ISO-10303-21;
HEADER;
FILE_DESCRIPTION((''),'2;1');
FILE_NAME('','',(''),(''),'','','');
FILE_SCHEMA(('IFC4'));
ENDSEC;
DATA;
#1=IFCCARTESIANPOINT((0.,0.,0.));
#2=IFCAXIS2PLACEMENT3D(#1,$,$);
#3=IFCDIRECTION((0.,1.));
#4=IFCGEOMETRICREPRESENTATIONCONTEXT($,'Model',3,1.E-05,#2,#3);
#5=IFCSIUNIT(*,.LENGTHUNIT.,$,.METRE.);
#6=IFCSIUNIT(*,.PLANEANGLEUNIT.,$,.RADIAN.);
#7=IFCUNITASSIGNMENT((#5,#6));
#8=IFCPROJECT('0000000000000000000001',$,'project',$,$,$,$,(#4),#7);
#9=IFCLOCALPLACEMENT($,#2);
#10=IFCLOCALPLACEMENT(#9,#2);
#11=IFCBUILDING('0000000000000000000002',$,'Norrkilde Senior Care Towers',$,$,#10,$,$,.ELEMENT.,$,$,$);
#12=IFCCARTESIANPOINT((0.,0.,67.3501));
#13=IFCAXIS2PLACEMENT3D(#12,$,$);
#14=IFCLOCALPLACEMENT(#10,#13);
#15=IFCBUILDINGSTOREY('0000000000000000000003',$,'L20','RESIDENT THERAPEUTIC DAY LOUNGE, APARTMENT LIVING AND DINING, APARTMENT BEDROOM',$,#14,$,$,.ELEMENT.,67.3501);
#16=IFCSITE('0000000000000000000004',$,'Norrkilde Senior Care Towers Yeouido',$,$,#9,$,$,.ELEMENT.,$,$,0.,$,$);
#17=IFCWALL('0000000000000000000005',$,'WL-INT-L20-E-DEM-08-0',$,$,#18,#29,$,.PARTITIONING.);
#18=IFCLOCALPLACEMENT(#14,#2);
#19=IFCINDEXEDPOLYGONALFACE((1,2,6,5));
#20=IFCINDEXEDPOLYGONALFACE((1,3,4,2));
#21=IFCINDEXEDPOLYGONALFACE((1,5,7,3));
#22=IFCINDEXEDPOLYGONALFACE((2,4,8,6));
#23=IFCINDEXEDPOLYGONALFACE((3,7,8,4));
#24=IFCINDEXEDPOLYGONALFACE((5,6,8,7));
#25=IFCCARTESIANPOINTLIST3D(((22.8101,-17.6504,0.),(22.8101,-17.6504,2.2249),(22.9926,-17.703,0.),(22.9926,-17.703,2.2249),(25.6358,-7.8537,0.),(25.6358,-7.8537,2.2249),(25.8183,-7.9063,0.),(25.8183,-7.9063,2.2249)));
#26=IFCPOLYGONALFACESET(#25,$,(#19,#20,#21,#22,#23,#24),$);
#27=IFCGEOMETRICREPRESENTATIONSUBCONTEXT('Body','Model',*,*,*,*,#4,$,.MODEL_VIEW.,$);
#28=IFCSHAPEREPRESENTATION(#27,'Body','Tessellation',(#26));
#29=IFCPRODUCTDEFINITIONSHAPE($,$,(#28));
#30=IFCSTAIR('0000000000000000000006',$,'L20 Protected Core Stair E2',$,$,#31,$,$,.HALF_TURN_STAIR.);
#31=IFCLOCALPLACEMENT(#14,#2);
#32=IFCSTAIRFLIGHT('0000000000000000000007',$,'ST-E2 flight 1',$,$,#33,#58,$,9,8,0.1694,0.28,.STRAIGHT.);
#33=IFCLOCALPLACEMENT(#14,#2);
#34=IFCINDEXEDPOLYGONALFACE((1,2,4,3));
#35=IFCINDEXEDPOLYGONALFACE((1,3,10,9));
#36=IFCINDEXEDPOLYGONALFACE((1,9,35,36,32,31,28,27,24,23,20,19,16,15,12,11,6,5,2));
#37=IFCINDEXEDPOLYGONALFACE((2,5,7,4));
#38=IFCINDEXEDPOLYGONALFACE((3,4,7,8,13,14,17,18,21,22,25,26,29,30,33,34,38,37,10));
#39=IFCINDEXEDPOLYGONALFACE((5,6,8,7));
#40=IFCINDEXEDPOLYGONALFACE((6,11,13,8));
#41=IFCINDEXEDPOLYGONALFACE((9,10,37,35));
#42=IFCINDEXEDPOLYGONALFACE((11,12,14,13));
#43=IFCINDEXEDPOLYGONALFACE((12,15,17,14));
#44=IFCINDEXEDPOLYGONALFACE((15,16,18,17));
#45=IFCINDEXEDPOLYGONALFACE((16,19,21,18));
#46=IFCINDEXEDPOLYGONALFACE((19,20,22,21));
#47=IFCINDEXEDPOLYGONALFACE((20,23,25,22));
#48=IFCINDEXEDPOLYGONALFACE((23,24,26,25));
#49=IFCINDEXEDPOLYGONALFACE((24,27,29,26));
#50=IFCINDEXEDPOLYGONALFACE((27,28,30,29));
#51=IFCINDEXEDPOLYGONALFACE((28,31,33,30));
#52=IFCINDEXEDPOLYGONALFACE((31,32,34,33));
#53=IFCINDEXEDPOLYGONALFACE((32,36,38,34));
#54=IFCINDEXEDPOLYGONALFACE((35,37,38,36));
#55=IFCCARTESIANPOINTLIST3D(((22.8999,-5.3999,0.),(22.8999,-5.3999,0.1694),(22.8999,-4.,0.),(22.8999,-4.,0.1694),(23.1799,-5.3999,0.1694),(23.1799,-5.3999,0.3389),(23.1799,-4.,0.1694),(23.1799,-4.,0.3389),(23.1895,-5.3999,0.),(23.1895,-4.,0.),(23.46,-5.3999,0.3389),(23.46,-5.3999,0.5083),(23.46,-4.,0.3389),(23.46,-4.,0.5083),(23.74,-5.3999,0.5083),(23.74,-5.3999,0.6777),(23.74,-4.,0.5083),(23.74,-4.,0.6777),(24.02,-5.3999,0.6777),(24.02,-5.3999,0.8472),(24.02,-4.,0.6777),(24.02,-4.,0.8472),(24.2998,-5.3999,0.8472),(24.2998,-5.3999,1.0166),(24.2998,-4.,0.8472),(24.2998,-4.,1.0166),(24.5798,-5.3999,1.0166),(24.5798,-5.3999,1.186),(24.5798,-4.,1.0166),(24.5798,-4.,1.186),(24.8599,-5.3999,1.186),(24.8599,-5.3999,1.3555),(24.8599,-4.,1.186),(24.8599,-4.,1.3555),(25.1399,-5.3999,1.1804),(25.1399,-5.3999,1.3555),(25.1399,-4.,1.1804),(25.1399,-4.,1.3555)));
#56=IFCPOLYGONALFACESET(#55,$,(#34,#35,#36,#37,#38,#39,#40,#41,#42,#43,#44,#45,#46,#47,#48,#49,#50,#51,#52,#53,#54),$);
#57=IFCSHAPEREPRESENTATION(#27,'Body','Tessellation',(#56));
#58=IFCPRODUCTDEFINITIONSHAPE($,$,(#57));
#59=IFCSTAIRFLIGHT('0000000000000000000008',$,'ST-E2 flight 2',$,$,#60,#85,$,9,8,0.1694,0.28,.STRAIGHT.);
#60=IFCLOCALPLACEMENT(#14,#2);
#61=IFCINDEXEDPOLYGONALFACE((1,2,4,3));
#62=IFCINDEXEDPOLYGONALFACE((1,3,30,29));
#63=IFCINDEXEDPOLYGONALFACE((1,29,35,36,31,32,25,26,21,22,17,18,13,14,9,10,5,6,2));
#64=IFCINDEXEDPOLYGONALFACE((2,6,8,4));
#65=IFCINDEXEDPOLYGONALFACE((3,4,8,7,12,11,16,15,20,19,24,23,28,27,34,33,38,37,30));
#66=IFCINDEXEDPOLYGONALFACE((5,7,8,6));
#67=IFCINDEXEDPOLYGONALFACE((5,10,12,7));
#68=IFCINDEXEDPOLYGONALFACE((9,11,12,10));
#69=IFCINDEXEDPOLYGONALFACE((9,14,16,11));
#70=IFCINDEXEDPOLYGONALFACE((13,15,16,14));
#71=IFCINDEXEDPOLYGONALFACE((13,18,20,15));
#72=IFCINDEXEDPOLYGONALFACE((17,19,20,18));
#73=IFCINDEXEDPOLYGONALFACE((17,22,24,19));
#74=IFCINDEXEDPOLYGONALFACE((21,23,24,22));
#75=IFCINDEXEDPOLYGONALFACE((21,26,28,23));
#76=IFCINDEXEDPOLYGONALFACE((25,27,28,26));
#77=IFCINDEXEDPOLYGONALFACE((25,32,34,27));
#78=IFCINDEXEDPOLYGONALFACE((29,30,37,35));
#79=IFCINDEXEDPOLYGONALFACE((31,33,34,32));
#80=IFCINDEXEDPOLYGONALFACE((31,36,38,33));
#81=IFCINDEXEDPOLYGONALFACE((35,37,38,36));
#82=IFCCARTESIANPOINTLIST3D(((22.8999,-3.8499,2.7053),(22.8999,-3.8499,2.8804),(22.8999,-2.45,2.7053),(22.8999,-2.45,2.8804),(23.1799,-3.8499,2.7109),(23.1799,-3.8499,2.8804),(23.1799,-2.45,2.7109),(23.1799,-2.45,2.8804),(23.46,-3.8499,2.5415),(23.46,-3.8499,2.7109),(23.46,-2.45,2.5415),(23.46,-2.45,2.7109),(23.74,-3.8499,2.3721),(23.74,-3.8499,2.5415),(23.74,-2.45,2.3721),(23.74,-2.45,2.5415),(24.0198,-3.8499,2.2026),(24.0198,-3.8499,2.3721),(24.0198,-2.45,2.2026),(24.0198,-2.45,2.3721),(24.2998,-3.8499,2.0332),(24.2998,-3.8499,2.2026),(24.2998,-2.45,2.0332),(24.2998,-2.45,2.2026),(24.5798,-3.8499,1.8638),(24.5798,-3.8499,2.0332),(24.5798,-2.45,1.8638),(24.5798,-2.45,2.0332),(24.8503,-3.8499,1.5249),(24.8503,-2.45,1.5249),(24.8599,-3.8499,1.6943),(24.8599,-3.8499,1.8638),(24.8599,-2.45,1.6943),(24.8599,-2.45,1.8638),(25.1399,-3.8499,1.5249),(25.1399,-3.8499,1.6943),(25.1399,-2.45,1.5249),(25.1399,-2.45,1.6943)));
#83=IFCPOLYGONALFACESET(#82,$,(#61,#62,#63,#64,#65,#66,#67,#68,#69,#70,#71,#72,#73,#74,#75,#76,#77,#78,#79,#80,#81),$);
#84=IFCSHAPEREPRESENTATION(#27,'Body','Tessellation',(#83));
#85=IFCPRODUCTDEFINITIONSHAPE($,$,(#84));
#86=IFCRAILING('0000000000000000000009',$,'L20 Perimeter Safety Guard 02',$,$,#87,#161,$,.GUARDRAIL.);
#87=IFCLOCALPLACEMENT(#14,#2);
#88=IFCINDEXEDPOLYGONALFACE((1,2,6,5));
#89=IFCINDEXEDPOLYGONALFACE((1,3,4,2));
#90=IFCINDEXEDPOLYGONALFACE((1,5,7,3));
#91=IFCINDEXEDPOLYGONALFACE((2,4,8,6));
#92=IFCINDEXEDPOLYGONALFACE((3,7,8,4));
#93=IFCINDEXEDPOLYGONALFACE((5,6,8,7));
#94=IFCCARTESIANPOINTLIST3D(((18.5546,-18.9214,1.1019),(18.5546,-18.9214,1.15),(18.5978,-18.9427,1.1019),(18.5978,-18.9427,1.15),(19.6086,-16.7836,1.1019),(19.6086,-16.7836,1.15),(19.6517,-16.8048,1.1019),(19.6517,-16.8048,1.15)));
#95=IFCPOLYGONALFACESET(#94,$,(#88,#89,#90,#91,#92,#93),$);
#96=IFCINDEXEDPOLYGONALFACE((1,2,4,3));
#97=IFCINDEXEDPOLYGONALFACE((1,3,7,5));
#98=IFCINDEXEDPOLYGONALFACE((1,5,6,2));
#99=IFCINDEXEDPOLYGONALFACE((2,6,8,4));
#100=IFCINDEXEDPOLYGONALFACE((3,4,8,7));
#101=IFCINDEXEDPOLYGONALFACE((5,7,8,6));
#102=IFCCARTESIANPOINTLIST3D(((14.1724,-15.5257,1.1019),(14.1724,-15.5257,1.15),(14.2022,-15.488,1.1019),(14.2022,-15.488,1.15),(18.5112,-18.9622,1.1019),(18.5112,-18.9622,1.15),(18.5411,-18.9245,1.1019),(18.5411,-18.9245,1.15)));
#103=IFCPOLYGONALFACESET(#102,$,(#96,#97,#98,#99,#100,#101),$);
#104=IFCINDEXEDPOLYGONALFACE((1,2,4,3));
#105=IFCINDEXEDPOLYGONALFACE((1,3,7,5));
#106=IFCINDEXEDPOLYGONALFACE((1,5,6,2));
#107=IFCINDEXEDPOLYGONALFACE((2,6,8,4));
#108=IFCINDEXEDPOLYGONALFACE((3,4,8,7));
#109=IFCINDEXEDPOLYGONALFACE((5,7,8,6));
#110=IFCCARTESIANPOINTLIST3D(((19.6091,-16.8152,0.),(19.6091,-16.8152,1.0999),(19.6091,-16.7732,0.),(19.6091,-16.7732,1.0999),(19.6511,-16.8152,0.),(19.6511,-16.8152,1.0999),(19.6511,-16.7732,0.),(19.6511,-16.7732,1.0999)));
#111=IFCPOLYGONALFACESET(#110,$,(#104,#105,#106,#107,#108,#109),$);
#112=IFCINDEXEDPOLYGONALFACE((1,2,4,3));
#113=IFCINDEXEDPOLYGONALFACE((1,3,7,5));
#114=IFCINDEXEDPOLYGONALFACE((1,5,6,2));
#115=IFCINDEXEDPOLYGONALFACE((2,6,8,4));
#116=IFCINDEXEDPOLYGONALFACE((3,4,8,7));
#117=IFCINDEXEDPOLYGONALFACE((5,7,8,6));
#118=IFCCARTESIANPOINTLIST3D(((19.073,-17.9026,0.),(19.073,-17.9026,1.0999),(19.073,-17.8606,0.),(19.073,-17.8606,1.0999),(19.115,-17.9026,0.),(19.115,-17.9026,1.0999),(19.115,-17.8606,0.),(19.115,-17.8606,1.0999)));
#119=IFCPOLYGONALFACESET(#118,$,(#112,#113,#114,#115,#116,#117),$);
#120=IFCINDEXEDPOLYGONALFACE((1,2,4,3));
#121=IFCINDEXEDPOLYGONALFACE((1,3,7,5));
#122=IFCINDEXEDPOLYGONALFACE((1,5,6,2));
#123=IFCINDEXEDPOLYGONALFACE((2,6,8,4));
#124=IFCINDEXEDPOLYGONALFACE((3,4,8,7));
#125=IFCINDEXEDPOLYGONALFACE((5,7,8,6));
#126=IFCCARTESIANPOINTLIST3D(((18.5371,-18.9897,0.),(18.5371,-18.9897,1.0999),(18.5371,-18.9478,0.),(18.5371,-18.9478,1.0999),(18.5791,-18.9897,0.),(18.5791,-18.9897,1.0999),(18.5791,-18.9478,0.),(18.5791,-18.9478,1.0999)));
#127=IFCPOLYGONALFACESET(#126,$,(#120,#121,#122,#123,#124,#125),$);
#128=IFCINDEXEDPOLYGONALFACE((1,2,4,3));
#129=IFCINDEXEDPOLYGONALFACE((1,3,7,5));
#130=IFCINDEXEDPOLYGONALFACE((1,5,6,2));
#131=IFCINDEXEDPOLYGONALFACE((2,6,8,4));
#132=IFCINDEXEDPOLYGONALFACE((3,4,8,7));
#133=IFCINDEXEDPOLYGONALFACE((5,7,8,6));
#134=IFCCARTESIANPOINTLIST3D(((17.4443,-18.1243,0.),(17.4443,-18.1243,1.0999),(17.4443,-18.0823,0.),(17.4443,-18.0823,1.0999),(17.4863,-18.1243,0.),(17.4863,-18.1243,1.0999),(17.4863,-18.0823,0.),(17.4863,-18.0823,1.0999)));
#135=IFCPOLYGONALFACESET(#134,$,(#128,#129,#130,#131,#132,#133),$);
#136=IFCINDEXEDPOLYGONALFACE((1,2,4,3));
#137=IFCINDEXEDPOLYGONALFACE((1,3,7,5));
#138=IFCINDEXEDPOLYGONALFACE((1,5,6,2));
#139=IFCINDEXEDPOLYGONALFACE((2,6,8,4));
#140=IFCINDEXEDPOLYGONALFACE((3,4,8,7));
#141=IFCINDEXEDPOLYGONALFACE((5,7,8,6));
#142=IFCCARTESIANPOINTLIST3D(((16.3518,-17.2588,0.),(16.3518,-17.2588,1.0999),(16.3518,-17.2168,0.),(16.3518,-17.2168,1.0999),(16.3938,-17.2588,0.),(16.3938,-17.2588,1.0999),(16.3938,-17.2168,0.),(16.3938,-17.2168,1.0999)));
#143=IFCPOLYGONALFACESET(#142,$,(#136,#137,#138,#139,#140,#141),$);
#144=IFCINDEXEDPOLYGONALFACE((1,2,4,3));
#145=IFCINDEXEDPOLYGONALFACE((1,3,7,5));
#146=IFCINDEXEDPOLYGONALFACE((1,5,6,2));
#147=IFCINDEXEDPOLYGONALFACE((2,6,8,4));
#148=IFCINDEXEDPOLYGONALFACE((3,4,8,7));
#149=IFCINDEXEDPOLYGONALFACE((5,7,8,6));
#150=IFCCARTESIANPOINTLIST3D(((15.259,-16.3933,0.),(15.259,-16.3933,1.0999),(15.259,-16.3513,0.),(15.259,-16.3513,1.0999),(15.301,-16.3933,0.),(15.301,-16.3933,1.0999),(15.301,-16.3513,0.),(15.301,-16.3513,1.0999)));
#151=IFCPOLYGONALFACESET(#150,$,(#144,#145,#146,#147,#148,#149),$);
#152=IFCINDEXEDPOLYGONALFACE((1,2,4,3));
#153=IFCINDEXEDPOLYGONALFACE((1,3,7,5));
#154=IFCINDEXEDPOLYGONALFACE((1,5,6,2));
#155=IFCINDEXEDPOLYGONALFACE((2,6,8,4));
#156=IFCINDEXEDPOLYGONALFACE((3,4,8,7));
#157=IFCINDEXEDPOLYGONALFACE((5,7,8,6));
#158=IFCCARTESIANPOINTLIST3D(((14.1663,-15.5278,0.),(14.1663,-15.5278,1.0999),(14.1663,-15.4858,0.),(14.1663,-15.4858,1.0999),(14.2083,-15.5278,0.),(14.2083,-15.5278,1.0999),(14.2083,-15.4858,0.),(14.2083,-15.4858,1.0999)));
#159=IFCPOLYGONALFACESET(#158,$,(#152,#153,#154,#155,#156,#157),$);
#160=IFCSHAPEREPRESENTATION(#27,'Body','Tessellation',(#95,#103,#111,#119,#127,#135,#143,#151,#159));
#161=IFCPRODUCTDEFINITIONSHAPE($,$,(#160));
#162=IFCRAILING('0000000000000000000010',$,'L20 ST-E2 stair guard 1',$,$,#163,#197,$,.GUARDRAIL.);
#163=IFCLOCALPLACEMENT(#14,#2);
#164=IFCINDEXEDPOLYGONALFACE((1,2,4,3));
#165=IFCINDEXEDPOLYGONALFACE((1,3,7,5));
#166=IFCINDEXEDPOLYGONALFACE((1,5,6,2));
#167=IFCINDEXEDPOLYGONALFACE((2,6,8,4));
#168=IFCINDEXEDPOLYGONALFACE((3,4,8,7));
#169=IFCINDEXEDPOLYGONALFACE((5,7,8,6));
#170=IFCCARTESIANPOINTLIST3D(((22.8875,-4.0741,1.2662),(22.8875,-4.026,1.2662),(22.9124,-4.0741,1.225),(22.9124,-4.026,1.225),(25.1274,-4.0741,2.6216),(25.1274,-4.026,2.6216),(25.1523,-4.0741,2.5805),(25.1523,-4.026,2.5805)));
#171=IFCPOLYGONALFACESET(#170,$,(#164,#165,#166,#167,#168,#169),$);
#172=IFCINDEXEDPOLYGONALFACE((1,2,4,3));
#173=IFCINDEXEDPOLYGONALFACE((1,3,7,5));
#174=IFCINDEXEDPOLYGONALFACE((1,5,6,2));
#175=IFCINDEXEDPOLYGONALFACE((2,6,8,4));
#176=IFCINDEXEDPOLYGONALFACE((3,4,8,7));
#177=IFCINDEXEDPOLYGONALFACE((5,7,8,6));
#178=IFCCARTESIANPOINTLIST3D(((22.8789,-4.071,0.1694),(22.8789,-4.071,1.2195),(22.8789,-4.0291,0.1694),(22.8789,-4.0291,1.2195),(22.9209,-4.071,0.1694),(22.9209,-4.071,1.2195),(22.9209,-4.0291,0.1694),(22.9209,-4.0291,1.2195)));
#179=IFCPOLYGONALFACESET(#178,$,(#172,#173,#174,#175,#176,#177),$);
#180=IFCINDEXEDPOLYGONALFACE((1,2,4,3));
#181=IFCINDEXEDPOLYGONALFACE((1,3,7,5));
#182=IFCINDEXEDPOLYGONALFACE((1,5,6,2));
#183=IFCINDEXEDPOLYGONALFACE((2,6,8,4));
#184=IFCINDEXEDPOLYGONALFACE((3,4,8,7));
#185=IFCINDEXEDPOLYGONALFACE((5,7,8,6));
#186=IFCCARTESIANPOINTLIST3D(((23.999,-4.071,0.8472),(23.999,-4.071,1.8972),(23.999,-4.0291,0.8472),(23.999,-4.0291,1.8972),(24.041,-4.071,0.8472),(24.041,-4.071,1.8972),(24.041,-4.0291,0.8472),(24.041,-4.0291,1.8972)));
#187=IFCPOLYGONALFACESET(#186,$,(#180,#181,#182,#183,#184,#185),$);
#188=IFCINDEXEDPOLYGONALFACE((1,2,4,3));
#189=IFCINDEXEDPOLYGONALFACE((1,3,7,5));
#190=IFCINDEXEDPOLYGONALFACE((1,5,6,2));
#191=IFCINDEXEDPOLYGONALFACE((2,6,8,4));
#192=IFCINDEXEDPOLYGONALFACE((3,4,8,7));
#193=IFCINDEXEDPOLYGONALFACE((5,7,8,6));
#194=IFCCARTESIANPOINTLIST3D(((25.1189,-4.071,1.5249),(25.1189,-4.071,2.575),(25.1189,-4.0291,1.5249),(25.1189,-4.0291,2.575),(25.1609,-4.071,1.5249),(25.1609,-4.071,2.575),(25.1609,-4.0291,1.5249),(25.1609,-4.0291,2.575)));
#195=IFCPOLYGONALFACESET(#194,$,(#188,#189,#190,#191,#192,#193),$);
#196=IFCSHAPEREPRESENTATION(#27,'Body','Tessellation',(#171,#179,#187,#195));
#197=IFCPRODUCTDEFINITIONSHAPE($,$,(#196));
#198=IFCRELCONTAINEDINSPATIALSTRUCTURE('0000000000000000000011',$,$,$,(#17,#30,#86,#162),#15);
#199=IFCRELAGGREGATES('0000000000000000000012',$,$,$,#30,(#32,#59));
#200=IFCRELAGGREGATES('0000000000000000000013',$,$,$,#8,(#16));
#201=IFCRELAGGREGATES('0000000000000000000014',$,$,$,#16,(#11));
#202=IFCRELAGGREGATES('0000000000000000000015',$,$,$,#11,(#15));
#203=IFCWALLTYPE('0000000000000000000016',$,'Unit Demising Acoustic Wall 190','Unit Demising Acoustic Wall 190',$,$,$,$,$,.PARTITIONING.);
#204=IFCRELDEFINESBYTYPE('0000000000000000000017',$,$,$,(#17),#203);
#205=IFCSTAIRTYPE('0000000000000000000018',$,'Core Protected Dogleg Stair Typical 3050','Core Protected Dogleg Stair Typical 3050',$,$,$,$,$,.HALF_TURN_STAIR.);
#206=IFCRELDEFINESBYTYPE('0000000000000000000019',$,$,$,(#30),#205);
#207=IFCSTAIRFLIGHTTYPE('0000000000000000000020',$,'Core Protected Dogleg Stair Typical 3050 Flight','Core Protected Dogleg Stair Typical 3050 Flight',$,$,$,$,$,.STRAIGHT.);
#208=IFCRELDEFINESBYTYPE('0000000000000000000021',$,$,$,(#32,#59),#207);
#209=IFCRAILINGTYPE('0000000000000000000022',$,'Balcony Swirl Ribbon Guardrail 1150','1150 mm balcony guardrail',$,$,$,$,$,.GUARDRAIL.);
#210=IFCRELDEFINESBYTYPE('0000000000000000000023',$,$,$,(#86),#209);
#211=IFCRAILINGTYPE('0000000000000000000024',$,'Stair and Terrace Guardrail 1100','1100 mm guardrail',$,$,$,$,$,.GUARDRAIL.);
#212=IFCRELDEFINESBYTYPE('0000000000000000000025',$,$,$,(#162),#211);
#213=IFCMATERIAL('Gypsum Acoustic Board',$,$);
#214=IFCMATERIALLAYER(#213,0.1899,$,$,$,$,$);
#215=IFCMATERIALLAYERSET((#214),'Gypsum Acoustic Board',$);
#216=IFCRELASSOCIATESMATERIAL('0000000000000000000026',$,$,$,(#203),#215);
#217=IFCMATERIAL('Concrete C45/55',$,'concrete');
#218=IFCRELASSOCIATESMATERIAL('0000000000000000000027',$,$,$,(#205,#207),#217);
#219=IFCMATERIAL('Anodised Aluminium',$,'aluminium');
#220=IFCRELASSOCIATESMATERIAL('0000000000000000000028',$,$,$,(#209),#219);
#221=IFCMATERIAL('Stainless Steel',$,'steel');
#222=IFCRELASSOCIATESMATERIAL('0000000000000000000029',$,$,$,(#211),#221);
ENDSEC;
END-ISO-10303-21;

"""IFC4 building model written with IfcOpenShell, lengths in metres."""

from ifc_helpers import new_model, si_unit, direction, frame, frame_2d, origin, origin_2d, place, context, subcontext, project, spatial, polyline, rectangle, outline, extrude, source, transform, mapped, material, layer, layer_set, type_object, type_shapes, element, aggregate, save


model = new_model("IFC4")

# Units and contexts
model_context = context("Model", 3, precision=1e-05, world=origin(), true_north=direction((0.0, 1.0)))
body_context = subcontext(model_context, "Body", "Model", "MODEL_VIEW")
ifc_project = project(units=[si_unit("LENGTHUNIT", "METRE"), si_unit("PLANEANGLEUNIT", "RADIAN")], contexts=[model_context])

# Site, building, storey
site_placement = place(None, origin())
site = spatial("IfcSite", under=ifc_project, at=site_placement, Name="Norrkilde Senior Care Towers Yeouido", CompositionType="ELEMENT", RefElevation=0.0)
building_placement = place(site_placement, origin())
building = spatial("IfcBuilding", under=site, at=building_placement, Name="Norrkilde Senior Care Towers", CompositionType="ELEMENT")
storey_placement = place(building_placement, frame((0.0, 0.0, 67.3501)))
storey = spatial("IfcBuildingStorey", under=building, at=storey_placement, Name="L20", Description="RESIDENT THERAPEUTIC DAY LOUNGE, APARTMENT LIVING AND DINING, APARTMENT BEDROOM", CompositionType="ELEMENT", Elevation=67.3501)

# Shared definitions
ifc_material_1 = material(Name="Anodised Aluminium", Category="aluminium")

# Shared definitions
ifc_material_2 = material(Name="Concrete C45/55", Category="concrete")

# Wall
ifc_material_3 = material(Name="Gypsum Acoustic Board")
ifc_layer_1 = layer(ifc_material_3, 0.1899)
ifc_layer_set_1 = layer_set([ifc_layer_1], Name="Gypsum Acoustic Board")
wall_type_1 = type_object("IfcWallType", Name="Unit Demising Acoustic Wall 190", Description="Unit Demising Acoustic Wall 190", PredefinedType="PARTITIONING", material=ifc_layer_set_1)
shared_shape_1 = source(origin(), body_context, "Body", "SweptSolid", [
    extrude(rectangle(XDim=10.196, YDim=0.1899, at=frame_2d((5.0981, 0.0))), origin(), (0.0, 0.0, 1.0), 2.2249),
])
type_shapes(wall_type_1, [shared_shape_1])
wall_1_placement = place(storey_placement, frame((25.7271, -7.8799, 0.0), z_axis=(0.0, 0.0, 1.0), x_axis=(-0.277136, -0.960831, 0.0)))
element("IfcWall", 1, at=wall_1_placement, inside=storey, type_object=wall_type_1, Name="WL-INT-L20-E-DEM-08-0", PredefinedType="PARTITIONING", context=body_context, shape_type="MappedRepresentation", body=[
    mapped(shared_shape_1, transform((0.0, 0.0, 0.0), x_axis=(1.0, 0.0, 0.0), y_axis=(0.0, 1.0, 0.0), z_axis=(0.0, 0.0, 1.0), scale=1.0)),
])

# Stair, stair flights
stair_type = type_object("IfcStairType", Name="Core Protected Dogleg Stair Typical 3050", Description="Core Protected Dogleg Stair Typical 3050", PredefinedType="HALF_TURN_STAIR", material=ifc_material_2)
stair_placement = place(storey_placement, origin())
stair = element("IfcStair", 2, at=stair_placement, inside=storey, type_object=stair_type, Name="L20 Protected Core Stair E2", PredefinedType="HALF_TURN_STAIR")
stair_flight_type = type_object("IfcStairFlightType", Name="Core Protected Dogleg Stair Typical 3050 Flight", Description="Core Protected Dogleg Stair Typical 3050 Flight", PredefinedType="STRAIGHT", material=ifc_material_2)
stair_flight_1_placement = place(storey_placement, frame((22.8999, -4.7, 0.0), z_axis=(0.0, 0.0, 1.0), x_axis=(1.0, 0.0, 0.0)))
stair_flight_1 = element("IfcStairFlight", 3, at=stair_flight_1_placement, type_object=stair_flight_type, Name="ST-E2 flight 1", NumberOfRisers=9, NumberOfTreads=8, PredefinedType="STRAIGHT", RiserHeight=0.1694, TreadLength=0.28, context=body_context, shape_type="SweptSolid", body=[
    extrude(outline(polyline([(0.0, 0.0), (0.0, 0.1694), (0.28, 0.1694), (0.28, 0.3389), (0.5601, 0.3389), (0.5601, 0.5083), (0.8401, 0.5083), (0.8401, 0.6777), (1.1201, 0.6777), (1.1201, 0.8472), (1.3999, 0.8472), (1.3999, 1.0166), (1.6799, 1.0166), (1.6799, 1.186), (1.96, 1.186), (1.96, 1.3555), (2.24, 1.3555), (2.24, 1.5249), (2.24, 1.1804), (0.2896, 0.0), (0.0, 0.0)])), frame((0.0, 0.7, 0.0), z_axis=(0.0, -1.0, 0.0), x_axis=(1.0, 0.0, 0.0)), (0.0, 0.0, 1.0), 1.3999),
])
stair_flight_2_placement = place(storey_placement, frame((25.1399, -3.1499, 1.5249), z_axis=(0.0, 0.0, 1.0), x_axis=(-1.0, 0.0, 0.0)))
stair_flight_2 = element("IfcStairFlight", 4, at=stair_flight_2_placement, type_object=stair_flight_type, Name="ST-E2 flight 2", NumberOfRisers=9, NumberOfTreads=8, PredefinedType="STRAIGHT", RiserHeight=0.1694, TreadLength=0.28, context=body_context, shape_type="SweptSolid", body=[
    extrude(outline(polyline([(0.0, 0.0), (0.0, 0.1694), (0.28, 0.1694), (0.28, 0.3389), (0.5601, 0.3389), (0.5601, 0.5083), (0.8401, 0.5083), (0.8401, 0.6777), (1.1201, 0.6777), (1.1201, 0.8472), (1.3999, 0.8472), (1.3999, 1.0166), (1.6799, 1.0166), (1.6799, 1.186), (1.96, 1.186), (1.96, 1.3555), (2.24, 1.3555), (2.24, 1.5249), (2.24, 1.1804), (0.2896, 0.0), (0.0, 0.0)])), frame((0.0, 0.7, 0.0), z_axis=(0.0, -1.0, 0.0), x_axis=(1.0, 0.0, 0.0)), (0.0, 0.0, 1.0), 1.3999),
])
aggregate(stair, [stair_flight_1, stair_flight_2])

# Railings
railing_type_1 = type_object("IfcRailingType", Name="Balcony Swirl Ribbon Guardrail 1150", Description="1150 mm balcony guardrail", PredefinedType="GUARDRAIL", material=ifc_material_1)
railing_1_placement = place(storey_placement, frame((19.6301, -16.7942, 0.0)))
element("IfcRailing", 5, at=railing_1_placement, inside=storey, type_object=railing_type_1, Name="L20 Perimeter Safety Guard 02", PredefinedType="GUARDRAIL", context=body_context, shape_type="SweptSolid", body=[
    extrude(rectangle(XDim=0.0481, YDim=0.0481, at=origin_2d()), frame((0.0, 0.0, 1.126), z_axis=(-0.442172, -0.896931, 0.0), x_axis=(0.896931, -0.442172, 0.0)), (0.0, 0.0, 1.0), 2.3835),
    extrude(rectangle(XDim=0.0481, YDim=0.0481, at=origin_2d()), frame((-1.104, -2.1492, 1.126), z_axis=(-0.783901, 0.620886, 0.0), x_axis=(-0.620886, -0.783901, 0.0)), (0.0, 0.0, 1.0), 5.5349),
    extrude(rectangle(XDim=0.042, YDim=0.042, at=origin_2d()), origin(), (0.0, 0.0, 1.0), 1.0999),
    extrude(rectangle(XDim=0.042, YDim=0.042, at=origin_2d()), frame((-0.5361, -1.0874, 0.0)), (0.0, 0.0, 1.0), 1.0999),
    extrude(rectangle(XDim=0.042, YDim=0.042, at=origin_2d()), frame((-1.072, -2.1746, 0.0)), (0.0, 0.0, 1.0), 1.0999),
    extrude(rectangle(XDim=0.042, YDim=0.042, at=origin_2d()), frame((-2.1648, -1.3091, 0.0)), (0.0, 0.0, 1.0), 1.0999),
    extrude(rectangle(XDim=0.042, YDim=0.042, at=origin_2d()), frame((-3.2573, -0.4436, 0.0)), (0.0, 0.0, 1.0), 1.0999),
    extrude(rectangle(XDim=0.042, YDim=0.042, at=origin_2d()), frame((-4.3501, 0.4219, 0.0)), (0.0, 0.0, 1.0), 1.0999),
    extrude(rectangle(XDim=0.042, YDim=0.042, at=origin_2d()), frame((-5.4429, 1.2874, 0.0)), (0.0, 0.0, 1.0), 1.0999),
])
ifc_material_4 = material(Name="Stainless Steel", Category="steel")
railing_type_2 = type_object("IfcRailingType", Name="Stair and Terrace Guardrail 1100", Description="1100 mm guardrail", PredefinedType="GUARDRAIL", material=ifc_material_4)
railing_2_placement = place(storey_placement, frame((22.8999, -4.05, 0.1694)))
element("IfcRailing", 6, at=railing_2_placement, inside=storey, type_object=railing_type_2, Name="L20 ST-E2 stair guard 1", PredefinedType="GUARDRAIL", context=body_context, shape_type="SweptSolid", body=[
    extrude(rectangle(XDim=0.0481, YDim=0.0481, at=origin_2d()), frame((0.0, 0.0, 1.0762), z_axis=(0.855553, 0.0, 0.517715), x_axis=(0.0, 1.0, 0.0)), (0.0, 0.0, 1.0), 2.6182),
    extrude(rectangle(XDim=0.042, YDim=0.042, at=origin_2d()), origin(), (0.0, 0.0, 1.0), 1.05),
    extrude(rectangle(XDim=0.042, YDim=0.042, at=origin_2d()), frame((1.1201, 0.0, 0.6777)), (0.0, 0.0, 1.0), 1.05),
    extrude(rectangle(XDim=0.042, YDim=0.042, at=origin_2d()), frame((2.24, 0.0, 1.3555)), (0.0, 0.0, 1.0), 1.05),
])

save(model, "model.ifc")
